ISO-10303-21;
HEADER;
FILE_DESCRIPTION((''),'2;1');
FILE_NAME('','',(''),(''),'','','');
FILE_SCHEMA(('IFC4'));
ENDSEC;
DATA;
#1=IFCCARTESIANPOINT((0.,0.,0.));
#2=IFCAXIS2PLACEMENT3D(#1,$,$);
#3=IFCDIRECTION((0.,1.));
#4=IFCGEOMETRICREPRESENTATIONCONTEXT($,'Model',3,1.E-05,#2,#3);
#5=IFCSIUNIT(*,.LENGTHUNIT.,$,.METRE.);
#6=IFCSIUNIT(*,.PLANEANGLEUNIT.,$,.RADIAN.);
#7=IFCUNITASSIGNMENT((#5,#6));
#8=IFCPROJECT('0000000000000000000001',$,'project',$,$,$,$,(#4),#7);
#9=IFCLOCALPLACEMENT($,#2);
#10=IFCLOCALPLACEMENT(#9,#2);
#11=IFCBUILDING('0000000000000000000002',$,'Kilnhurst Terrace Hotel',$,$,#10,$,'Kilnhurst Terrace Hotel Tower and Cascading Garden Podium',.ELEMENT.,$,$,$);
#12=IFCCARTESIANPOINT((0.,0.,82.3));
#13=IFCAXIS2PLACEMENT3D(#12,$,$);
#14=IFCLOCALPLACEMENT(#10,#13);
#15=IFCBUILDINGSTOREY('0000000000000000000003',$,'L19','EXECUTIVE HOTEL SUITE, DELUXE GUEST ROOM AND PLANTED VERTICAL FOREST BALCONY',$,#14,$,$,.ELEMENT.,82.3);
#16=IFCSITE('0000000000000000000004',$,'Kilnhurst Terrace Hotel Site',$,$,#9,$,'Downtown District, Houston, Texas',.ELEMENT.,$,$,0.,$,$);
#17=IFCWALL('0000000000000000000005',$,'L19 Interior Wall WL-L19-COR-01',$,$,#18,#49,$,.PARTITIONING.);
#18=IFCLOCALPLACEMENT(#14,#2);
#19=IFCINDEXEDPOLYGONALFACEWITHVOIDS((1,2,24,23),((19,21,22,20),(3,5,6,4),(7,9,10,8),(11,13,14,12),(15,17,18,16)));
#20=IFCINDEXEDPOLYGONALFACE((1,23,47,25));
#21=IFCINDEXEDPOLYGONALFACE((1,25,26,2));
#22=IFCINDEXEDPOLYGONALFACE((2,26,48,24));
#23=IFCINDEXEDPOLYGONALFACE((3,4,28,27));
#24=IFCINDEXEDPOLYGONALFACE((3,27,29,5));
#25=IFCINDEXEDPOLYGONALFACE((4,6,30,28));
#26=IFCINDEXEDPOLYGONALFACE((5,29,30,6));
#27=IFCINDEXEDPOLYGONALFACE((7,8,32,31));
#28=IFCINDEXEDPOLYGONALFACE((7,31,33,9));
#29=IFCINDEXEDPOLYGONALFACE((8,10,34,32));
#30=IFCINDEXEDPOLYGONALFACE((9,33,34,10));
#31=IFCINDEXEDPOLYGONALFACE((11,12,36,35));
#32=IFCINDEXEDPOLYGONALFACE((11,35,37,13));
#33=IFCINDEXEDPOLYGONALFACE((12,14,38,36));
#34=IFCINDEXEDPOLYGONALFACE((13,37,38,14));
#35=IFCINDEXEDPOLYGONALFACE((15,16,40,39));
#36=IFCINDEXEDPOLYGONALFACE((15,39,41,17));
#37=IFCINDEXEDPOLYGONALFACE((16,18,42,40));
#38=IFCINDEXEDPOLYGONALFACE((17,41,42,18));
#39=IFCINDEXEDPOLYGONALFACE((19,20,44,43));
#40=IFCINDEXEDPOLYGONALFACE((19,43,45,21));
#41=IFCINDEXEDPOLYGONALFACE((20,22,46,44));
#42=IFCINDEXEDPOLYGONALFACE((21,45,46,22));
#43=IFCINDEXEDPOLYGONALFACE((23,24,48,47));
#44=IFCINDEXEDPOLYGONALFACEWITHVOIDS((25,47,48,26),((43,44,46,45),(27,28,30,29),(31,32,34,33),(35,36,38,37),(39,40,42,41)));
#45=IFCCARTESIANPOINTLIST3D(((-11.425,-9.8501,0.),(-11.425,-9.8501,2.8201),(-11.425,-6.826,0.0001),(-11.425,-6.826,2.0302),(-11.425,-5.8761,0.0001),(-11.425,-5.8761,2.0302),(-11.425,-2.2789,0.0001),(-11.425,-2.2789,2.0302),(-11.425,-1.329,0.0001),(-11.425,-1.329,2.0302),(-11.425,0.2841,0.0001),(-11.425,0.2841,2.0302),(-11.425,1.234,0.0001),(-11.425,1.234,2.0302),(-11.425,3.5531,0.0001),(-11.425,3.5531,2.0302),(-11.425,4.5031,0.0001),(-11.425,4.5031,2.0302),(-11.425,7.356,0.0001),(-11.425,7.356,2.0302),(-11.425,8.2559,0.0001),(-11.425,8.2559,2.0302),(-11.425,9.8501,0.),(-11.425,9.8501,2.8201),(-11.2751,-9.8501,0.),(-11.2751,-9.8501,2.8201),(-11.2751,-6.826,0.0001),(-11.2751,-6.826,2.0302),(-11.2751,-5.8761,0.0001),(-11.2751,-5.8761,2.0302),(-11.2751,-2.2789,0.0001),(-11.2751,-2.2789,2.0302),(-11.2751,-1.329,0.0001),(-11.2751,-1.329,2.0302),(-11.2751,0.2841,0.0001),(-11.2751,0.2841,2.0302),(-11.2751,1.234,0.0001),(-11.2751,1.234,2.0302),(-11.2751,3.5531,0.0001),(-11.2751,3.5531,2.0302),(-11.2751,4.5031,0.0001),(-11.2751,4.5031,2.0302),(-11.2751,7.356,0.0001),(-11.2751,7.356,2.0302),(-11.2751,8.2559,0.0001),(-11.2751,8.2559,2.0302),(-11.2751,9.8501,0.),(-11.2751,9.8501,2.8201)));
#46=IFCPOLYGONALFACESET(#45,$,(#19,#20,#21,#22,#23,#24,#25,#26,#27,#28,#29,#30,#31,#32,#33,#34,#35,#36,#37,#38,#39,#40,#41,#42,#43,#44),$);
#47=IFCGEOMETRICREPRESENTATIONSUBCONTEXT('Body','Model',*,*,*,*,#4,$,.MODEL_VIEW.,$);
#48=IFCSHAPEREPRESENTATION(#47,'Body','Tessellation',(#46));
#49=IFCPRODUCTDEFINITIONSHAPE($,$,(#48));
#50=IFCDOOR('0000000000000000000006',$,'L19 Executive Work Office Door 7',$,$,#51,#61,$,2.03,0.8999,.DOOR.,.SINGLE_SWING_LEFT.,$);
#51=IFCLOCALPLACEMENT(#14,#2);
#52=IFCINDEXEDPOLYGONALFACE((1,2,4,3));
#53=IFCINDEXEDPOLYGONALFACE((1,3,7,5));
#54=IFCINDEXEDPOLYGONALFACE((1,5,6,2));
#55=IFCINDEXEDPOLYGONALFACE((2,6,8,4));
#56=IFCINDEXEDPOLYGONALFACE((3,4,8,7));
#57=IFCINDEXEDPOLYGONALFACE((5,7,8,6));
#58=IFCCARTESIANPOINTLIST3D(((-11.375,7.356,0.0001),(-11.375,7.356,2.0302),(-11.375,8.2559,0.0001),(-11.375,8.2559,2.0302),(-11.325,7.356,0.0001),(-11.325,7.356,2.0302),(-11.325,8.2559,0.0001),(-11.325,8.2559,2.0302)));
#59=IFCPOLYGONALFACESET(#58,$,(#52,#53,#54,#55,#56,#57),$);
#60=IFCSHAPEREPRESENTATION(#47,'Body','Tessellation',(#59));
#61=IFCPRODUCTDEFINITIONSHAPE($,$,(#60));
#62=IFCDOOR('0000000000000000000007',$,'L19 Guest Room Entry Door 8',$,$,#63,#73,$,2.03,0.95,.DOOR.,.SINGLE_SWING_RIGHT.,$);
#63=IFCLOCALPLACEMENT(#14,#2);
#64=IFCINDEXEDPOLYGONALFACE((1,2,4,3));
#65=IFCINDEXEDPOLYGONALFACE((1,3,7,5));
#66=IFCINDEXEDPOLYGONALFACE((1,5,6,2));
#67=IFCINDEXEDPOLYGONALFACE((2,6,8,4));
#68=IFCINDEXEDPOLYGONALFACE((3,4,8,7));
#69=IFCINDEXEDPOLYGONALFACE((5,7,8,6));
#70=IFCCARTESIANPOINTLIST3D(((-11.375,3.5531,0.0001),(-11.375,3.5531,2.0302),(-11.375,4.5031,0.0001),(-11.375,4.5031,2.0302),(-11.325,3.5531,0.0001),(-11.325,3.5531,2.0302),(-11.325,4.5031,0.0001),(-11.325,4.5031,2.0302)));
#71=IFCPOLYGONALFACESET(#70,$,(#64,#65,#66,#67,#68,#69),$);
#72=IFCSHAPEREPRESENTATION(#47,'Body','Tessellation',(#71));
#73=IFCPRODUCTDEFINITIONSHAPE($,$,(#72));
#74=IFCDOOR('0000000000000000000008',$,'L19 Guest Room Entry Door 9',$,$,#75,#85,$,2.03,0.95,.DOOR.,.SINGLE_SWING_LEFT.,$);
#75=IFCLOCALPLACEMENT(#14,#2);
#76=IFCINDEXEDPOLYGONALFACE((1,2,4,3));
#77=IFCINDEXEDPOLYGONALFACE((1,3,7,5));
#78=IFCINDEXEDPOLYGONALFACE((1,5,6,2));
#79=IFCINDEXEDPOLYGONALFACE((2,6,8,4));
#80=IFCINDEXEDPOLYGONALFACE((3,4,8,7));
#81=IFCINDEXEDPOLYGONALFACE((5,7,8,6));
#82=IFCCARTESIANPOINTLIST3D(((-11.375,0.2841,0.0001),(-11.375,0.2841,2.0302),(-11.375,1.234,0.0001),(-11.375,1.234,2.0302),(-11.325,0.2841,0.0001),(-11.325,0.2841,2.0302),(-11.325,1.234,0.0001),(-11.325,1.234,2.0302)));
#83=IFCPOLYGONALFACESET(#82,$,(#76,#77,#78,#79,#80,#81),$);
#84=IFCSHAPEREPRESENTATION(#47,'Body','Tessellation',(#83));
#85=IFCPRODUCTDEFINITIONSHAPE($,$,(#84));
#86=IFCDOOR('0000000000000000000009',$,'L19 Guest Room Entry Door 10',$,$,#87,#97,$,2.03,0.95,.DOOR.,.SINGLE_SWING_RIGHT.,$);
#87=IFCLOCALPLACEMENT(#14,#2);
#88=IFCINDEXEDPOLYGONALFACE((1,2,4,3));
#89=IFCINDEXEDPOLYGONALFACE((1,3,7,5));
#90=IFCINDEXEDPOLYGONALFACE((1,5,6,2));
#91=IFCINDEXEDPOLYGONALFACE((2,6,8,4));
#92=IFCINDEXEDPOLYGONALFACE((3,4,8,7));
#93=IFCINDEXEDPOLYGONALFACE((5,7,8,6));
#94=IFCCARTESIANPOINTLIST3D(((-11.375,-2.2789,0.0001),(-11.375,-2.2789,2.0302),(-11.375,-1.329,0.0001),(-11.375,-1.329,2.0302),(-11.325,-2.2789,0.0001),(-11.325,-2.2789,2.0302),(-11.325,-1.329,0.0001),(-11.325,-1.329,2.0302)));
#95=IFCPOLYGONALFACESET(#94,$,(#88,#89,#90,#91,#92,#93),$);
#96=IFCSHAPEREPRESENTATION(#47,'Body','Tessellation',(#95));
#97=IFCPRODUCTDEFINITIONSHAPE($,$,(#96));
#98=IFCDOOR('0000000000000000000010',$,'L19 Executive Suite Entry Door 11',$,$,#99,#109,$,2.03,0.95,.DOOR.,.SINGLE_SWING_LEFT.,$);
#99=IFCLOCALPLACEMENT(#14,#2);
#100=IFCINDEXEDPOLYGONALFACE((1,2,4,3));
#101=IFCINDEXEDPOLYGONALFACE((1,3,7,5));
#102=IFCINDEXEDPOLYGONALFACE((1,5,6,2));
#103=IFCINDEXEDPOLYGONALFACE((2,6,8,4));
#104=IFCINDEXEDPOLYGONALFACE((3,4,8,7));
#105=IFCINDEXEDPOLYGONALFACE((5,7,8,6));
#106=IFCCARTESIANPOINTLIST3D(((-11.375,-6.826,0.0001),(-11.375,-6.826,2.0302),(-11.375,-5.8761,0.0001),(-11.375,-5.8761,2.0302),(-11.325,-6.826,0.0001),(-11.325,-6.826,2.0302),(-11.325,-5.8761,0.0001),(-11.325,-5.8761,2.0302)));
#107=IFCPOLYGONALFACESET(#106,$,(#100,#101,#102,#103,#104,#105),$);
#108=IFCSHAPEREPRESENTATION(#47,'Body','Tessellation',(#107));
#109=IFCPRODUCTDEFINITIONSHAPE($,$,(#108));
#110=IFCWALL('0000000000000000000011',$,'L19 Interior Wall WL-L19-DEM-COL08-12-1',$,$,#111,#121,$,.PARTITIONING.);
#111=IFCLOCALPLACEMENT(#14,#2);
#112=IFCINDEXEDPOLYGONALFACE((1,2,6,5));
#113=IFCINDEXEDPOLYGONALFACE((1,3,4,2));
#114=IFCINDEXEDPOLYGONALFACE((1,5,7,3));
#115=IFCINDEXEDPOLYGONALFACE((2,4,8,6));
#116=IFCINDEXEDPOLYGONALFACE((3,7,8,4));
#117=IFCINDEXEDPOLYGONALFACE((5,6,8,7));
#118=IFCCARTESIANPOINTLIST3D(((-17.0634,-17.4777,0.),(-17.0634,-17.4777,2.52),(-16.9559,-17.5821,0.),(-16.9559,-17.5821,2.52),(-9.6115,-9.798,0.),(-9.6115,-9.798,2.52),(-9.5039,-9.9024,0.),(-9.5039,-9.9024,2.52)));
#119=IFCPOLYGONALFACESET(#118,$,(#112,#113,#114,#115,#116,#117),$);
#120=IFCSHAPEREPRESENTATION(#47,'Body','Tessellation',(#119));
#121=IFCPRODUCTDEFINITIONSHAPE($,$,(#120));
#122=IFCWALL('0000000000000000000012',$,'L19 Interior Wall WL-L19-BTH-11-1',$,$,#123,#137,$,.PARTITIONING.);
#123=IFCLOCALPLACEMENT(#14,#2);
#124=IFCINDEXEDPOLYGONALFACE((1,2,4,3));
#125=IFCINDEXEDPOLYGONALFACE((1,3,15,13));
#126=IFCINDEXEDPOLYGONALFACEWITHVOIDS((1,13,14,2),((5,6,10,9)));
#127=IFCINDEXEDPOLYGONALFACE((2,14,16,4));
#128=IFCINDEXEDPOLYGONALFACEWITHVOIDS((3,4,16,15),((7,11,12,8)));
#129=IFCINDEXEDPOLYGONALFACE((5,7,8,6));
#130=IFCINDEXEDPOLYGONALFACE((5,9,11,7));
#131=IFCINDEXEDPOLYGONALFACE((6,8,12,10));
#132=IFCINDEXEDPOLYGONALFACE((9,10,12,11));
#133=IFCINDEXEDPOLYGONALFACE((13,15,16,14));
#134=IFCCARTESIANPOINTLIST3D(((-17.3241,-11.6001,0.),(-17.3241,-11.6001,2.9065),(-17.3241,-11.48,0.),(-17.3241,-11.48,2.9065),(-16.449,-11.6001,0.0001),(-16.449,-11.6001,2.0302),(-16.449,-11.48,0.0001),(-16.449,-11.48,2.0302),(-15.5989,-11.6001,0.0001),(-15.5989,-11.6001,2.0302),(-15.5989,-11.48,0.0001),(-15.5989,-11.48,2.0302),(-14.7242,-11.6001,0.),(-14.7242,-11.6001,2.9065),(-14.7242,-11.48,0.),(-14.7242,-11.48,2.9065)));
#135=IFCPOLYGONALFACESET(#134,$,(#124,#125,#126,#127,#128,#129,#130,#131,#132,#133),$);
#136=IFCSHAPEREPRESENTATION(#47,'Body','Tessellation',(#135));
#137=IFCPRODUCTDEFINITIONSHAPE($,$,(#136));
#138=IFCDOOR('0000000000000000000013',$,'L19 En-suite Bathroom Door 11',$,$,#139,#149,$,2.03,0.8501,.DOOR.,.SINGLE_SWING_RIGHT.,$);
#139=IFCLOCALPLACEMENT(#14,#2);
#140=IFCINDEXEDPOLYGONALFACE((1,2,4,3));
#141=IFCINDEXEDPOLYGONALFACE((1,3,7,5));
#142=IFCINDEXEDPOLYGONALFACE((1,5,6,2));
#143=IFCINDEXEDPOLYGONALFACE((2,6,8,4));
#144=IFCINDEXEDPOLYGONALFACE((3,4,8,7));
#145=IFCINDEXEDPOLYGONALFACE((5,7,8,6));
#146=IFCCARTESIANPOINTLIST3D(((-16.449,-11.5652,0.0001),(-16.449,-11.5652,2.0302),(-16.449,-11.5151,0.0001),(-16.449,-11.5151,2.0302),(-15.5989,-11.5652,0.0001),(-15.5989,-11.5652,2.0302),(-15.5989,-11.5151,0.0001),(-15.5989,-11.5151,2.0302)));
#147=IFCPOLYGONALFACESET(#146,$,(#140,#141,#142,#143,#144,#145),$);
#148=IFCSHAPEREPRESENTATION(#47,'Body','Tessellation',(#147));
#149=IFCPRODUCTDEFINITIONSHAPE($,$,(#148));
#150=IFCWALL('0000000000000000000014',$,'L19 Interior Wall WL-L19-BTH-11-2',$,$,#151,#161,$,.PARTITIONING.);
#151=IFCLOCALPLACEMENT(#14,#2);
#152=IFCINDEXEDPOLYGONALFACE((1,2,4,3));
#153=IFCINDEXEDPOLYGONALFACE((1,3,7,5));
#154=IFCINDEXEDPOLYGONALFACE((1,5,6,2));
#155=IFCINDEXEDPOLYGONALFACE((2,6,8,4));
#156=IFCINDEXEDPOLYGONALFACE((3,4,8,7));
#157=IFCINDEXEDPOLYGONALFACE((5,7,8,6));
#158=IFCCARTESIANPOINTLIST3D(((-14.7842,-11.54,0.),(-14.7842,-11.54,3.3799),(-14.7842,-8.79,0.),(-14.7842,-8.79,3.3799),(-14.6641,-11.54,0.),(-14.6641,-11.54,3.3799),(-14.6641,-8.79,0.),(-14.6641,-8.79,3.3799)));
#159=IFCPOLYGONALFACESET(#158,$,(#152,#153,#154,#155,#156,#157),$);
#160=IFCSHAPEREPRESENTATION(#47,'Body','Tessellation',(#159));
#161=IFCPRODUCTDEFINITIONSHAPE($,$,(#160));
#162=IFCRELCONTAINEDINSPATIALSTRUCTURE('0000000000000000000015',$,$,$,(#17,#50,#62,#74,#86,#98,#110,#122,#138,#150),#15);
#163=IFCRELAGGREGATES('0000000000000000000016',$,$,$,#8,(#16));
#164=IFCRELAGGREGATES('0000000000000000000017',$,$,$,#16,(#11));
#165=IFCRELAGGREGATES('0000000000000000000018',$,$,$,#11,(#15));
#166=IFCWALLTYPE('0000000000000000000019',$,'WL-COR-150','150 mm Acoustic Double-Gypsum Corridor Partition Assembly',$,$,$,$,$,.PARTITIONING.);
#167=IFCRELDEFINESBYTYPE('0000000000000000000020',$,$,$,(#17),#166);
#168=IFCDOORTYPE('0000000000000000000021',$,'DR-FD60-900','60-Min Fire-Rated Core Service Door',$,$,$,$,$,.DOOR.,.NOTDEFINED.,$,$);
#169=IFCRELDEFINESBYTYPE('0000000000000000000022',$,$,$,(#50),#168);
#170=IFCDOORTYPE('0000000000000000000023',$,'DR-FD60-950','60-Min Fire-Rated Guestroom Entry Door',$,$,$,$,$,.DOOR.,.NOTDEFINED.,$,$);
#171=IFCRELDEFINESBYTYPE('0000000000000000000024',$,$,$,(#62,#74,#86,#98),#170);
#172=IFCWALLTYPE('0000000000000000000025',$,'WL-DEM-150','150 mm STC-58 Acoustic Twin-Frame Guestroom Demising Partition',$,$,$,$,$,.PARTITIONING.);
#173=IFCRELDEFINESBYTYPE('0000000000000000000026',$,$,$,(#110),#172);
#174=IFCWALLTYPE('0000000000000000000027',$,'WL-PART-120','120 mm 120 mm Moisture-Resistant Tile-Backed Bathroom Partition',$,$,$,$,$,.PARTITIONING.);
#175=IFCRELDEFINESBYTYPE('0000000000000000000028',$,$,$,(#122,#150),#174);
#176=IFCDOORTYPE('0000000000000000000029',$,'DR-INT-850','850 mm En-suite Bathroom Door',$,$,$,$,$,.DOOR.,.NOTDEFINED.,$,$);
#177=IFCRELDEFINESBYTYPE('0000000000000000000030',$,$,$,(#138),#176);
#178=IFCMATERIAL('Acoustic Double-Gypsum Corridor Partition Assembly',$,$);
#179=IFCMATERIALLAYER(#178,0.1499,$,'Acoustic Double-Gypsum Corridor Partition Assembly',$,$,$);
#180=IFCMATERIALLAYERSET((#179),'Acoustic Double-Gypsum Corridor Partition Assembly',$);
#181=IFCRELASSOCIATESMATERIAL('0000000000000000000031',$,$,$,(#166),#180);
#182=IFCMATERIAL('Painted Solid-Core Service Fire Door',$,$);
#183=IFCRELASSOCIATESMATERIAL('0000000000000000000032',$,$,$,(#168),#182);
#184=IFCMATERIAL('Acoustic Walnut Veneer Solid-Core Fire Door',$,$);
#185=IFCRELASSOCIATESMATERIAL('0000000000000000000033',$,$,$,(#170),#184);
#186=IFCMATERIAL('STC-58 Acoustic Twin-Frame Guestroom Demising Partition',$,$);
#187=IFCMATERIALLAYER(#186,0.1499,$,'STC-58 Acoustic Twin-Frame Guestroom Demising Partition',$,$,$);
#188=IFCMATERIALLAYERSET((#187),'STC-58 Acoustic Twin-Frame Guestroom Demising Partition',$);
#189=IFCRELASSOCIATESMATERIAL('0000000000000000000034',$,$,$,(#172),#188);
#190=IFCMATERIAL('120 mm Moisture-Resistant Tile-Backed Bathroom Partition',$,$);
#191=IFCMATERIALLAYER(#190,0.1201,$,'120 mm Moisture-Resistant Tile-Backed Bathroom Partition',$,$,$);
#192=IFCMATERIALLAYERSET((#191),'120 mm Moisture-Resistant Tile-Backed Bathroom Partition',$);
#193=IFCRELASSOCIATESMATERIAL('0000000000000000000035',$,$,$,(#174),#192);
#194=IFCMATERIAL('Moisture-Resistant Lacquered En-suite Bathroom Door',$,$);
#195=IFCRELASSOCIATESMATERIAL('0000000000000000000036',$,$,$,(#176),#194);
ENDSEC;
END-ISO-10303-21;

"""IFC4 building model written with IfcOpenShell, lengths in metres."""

from ifc_helpers import new_model, si_unit, direction, frame, frame_2d, origin, place, context, subcontext, project, spatial, rectangle, extrude, material, layer, layer_set, type_object, element, fill, save


model = new_model("IFC4")

# Units and contexts
model_context = context("Model", 3, precision=1e-05, world=origin(), true_north=direction((0.0, 1.0)))
body_context = subcontext(model_context, "Body", "Model", "MODEL_VIEW")
ifc_project = project(units=[si_unit("LENGTHUNIT", "METRE"), si_unit("PLANEANGLEUNIT", "RADIAN")], contexts=[model_context])

# Site, building, storey
site_placement = place(None, origin())
site = spatial("IfcSite", under=ifc_project, at=site_placement, Name="Kilnhurst Terrace Hotel Site", LongName="Downtown District, Houston, Texas", CompositionType="ELEMENT", RefElevation=0.0)
building_placement = place(site_placement, origin())
building = spatial("IfcBuilding", under=site, at=building_placement, Name="Kilnhurst Terrace Hotel", LongName="Kilnhurst Terrace Hotel Tower and Cascading Garden Podium", CompositionType="ELEMENT")
storey_placement = place(building_placement, frame((0.0, 0.0, 82.3)))
storey = spatial("IfcBuildingStorey", under=building, at=storey_placement, Name="L19", Description="EXECUTIVE HOTEL SUITE, DELUXE GUEST ROOM AND PLANTED VERTICAL FOREST BALCONY", CompositionType="ELEMENT", Elevation=82.3)

# Wall, openings, doors
ifc_material_1 = material(Name="Acoustic Double-Gypsum Corridor Partition Assembly")
ifc_layer_1 = layer(ifc_material_1, 0.1499, Name="Acoustic Double-Gypsum Corridor Partition Assembly")
ifc_layer_set_1 = layer_set([ifc_layer_1], Name="Acoustic Double-Gypsum Corridor Partition Assembly")
wall_type_1 = type_object("IfcWallType", Name="WL-COR-150", Description="150 mm Acoustic Double-Gypsum Corridor Partition Assembly", PredefinedType="PARTITIONING", material=ifc_layer_set_1)
wall_1_placement = place(storey_placement, frame((-11.3501, -9.8501, 0.0), z_axis=(0.0, 0.0, 1.0), x_axis=(0.0, 1.0, 0.0)))
wall_1 = element("IfcWall", 1, at=wall_1_placement, inside=storey, type_object=wall_type_1, Name="L19 Interior Wall WL-L19-COR-01", PredefinedType="PARTITIONING", context=body_context, shape_type="SweptSolid", body=[
    extrude(rectangle(XDim=19.7002, YDim=0.1499, at=frame_2d((9.8501, 0.0))), origin(), (0.0, 0.0, 1.0), 2.8201),
])
opening_1_placement = place(wall_1_placement, frame((17.2061, 0.0, 0.0)))
opening_1 = element("IfcOpeningElement", 2, at=opening_1_placement, cuts=wall_1, PredefinedType="OPENING", context=body_context, shape_type="SweptSolid", body=[
    extrude(rectangle(XDim=0.8999, YDim=2.03, at=frame_2d((0.45, 1.0151))), frame((0.0, 0.085, 0.0), z_axis=(0.0, -1.0, 0.0), x_axis=(1.0, 0.0, 0.0)), (0.0, 0.0, 1.0), 0.1699),
])
opening_2_placement = place(wall_1_placement, frame((13.4031, 0.0, 0.0)))
opening_2 = element("IfcOpeningElement", 3, at=opening_2_placement, cuts=wall_1, PredefinedType="OPENING", context=body_context, shape_type="SweptSolid", body=[
    extrude(rectangle(XDim=0.95, YDim=2.03, at=frame_2d((0.4751, 1.0151))), frame((0.0, 0.085, 0.0), z_axis=(0.0, -1.0, 0.0), x_axis=(1.0, 0.0, 0.0)), (0.0, 0.0, 1.0), 0.1699),
])
opening_3_placement = place(wall_1_placement, frame((10.134, 0.0, 0.0)))
opening_3 = element("IfcOpeningElement", 4, at=opening_3_placement, cuts=wall_1, PredefinedType="OPENING", context=body_context, shape_type="SweptSolid", body=[
    extrude(rectangle(XDim=0.95, YDim=2.03, at=frame_2d((0.4751, 1.0151))), frame((0.0, 0.085, 0.0), z_axis=(0.0, -1.0, 0.0), x_axis=(1.0, 0.0, 0.0)), (0.0, 0.0, 1.0), 0.1699),
])
opening_4_placement = place(wall_1_placement, frame((7.571, 0.0, 0.0)))
opening_4 = element("IfcOpeningElement", 5, at=opening_4_placement, cuts=wall_1, PredefinedType="OPENING", context=body_context, shape_type="SweptSolid", body=[
    extrude(rectangle(XDim=0.95, YDim=2.03, at=frame_2d((0.4751, 1.0151))), frame((0.0, 0.085, 0.0), z_axis=(0.0, -1.0, 0.0), x_axis=(1.0, 0.0, 0.0)), (0.0, 0.0, 1.0), 0.1699),
])
opening_5_placement = place(wall_1_placement, frame((3.0239, 0.0, 0.0)))
opening_5 = element("IfcOpeningElement", 6, at=opening_5_placement, cuts=wall_1, PredefinedType="OPENING", context=body_context, shape_type="SweptSolid", body=[
    extrude(rectangle(XDim=0.95, YDim=2.03, at=frame_2d((0.4751, 1.0151))), frame((0.0, 0.085, 0.0), z_axis=(0.0, -1.0, 0.0), x_axis=(1.0, 0.0, 0.0)), (0.0, 0.0, 1.0), 0.1699),
])
ifc_material_2 = material(Name="Painted Solid-Core Service Fire Door")
door_type_1 = type_object("IfcDoorType", Name="DR-FD60-900", Description="60-Min Fire-Rated Core Service Door", OperationType="NOTDEFINED", PredefinedType="DOOR", material=ifc_material_2)
door_1_placement = place(opening_1_placement, origin())
door_1 = element("IfcDoor", 7, at=door_1_placement, inside=storey, type_object=door_type_1, Name="L19 Executive Work Office Door 7", OperationType="SINGLE_SWING_LEFT", OverallHeight=2.03, OverallWidth=0.8999, PredefinedType="DOOR", context=body_context, shape_type="SweptSolid", body=[
    extrude(rectangle(XDim=0.8999, YDim=2.03, at=frame_2d((0.45, 1.0151))), frame((0.0, 0.0249, 0.0), z_axis=(0.0, -1.0, 0.0), x_axis=(1.0, 0.0, 0.0)), (0.0, 0.0, 1.0), 0.05),
])
fill(opening_1, door_1)
ifc_material_3 = material(Name="Acoustic Walnut Veneer Solid-Core Fire Door")
door_type_2 = type_object("IfcDoorType", Name="DR-FD60-950", Description="60-Min Fire-Rated Guestroom Entry Door", OperationType="NOTDEFINED", PredefinedType="DOOR", material=ifc_material_3)
door_2_placement = place(opening_2_placement, origin())
door_2 = element("IfcDoor", 8, at=door_2_placement, inside=storey, type_object=door_type_2, Name="L19 Guest Room Entry Door 8", OperationType="SINGLE_SWING_RIGHT", OverallHeight=2.03, OverallWidth=0.95, PredefinedType="DOOR", context=body_context, shape_type="SweptSolid", body=[
    extrude(rectangle(XDim=0.95, YDim=2.03, at=frame_2d((0.4751, 1.0151))), frame((0.0, 0.0249, 0.0), z_axis=(0.0, -1.0, 0.0), x_axis=(1.0, 0.0, 0.0)), (0.0, 0.0, 1.0), 0.05),
])
fill(opening_2, door_2)
door_3_placement = place(opening_3_placement, origin())
door_3 = element("IfcDoor", 9, at=door_3_placement, inside=storey, type_object=door_type_2, Name="L19 Guest Room Entry Door 9", OperationType="SINGLE_SWING_LEFT", OverallHeight=2.03, OverallWidth=0.95, PredefinedType="DOOR", context=body_context, shape_type="SweptSolid", body=[
    extrude(rectangle(XDim=0.95, YDim=2.03, at=frame_2d((0.4751, 1.0151))), frame((0.0, 0.0249, 0.0), z_axis=(0.0, -1.0, 0.0), x_axis=(1.0, 0.0, 0.0)), (0.0, 0.0, 1.0), 0.05),
])
fill(opening_3, door_3)
door_4_placement = place(opening_4_placement, origin())
door_4 = element("IfcDoor", 10, at=door_4_placement, inside=storey, type_object=door_type_2, Name="L19 Guest Room Entry Door 10", OperationType="SINGLE_SWING_RIGHT", OverallHeight=2.03, OverallWidth=0.95, PredefinedType="DOOR", context=body_context, shape_type="SweptSolid", body=[
    extrude(rectangle(XDim=0.95, YDim=2.03, at=frame_2d((0.4751, 1.0151))), frame((0.0, 0.0249, 0.0), z_axis=(0.0, -1.0, 0.0), x_axis=(1.0, 0.0, 0.0)), (0.0, 0.0, 1.0), 0.05),
])
fill(opening_4, door_4)
door_5_placement = place(opening_5_placement, origin())
door_5 = element("IfcDoor", 11, at=door_5_placement, inside=storey, type_object=door_type_2, Name="L19 Executive Suite Entry Door 11", OperationType="SINGLE_SWING_LEFT", OverallHeight=2.03, OverallWidth=0.95, PredefinedType="DOOR", context=body_context, shape_type="SweptSolid", body=[
    extrude(rectangle(XDim=0.95, YDim=2.03, at=frame_2d((0.4751, 1.0151))), frame((0.0, 0.0249, 0.0), z_axis=(0.0, -1.0, 0.0), x_axis=(1.0, 0.0, 0.0)), (0.0, 0.0, 1.0), 0.05),
])
fill(opening_5, door_5)

# Wall
ifc_material_4 = material(Name="STC-58 Acoustic Twin-Frame Guestroom Demising Partition")
ifc_layer_2 = layer(ifc_material_4, 0.1499, Name="STC-58 Acoustic Twin-Frame Guestroom Demising Partition")
ifc_layer_set_2 = layer_set([ifc_layer_2], Name="STC-58 Acoustic Twin-Frame Guestroom Demising Partition")
wall_type_2 = type_object("IfcWallType", Name="WL-DEM-150", Description="150 mm STC-58 Acoustic Twin-Frame Guestroom Demising Partition", PredefinedType="PARTITIONING", material=ifc_layer_set_2)
wall_2_placement = place(storey_placement, frame((-9.5576, -9.8501, 0.0), z_axis=(0.0, 0.0, 1.0), x_axis=(-0.696383, -0.71767, 0.0)))
element("IfcWall", 12, at=wall_2_placement, inside=storey, type_object=wall_type_2, Name="L19 Interior Wall WL-L19-DEM-COL08-12-1", PredefinedType="PARTITIONING", context=body_context, shape_type="SweptSolid", body=[
    extrude(rectangle(XDim=10.7009, YDim=0.1499, at=frame_2d((5.3506, 0.0))), origin(), (0.0, 0.0, 1.0), 2.52),
])

# Wall, opening, door
ifc_material_5 = material(Name="120 mm Moisture-Resistant Tile-Backed Bathroom Partition")
ifc_layer_3 = layer(ifc_material_5, 0.1201, Name="120 mm Moisture-Resistant Tile-Backed Bathroom Partition")
ifc_layer_set_3 = layer_set([ifc_layer_3], Name="120 mm Moisture-Resistant Tile-Backed Bathroom Partition")
wall_type_3 = type_object("IfcWallType", Name="WL-PART-120", Description="120 mm 120 mm Moisture-Resistant Tile-Backed Bathroom Partition", PredefinedType="PARTITIONING", material=ifc_layer_set_3)
wall_3_placement = place(storey_placement, frame((-17.324, -11.54, 0.0), z_axis=(0.0, 0.0, 1.0), x_axis=(1.0, 0.0, 0.0)))
wall_3 = element("IfcWall", 13, at=wall_3_placement, inside=storey, type_object=wall_type_3, Name="L19 Interior Wall WL-L19-BTH-11-1", PredefinedType="PARTITIONING", context=body_context, shape_type="SweptSolid", body=[
    extrude(rectangle(XDim=2.5999, YDim=0.1201, at=frame_2d((1.2998, 0.0))), origin(), (0.0, 0.0, 1.0), 2.9065),
])
opening_6_placement = place(wall_3_placement, frame((0.875, 0.0, 0.0)))
opening_6 = element("IfcOpeningElement", 14, at=opening_6_placement, cuts=wall_3, PredefinedType="OPENING", context=body_context, shape_type="SweptSolid", body=[
    extrude(rectangle(XDim=0.8501, YDim=2.03, at=frame_2d((0.425, 1.0151))), frame((0.0, 0.0701, 0.0), z_axis=(0.0, -1.0, 0.0), x_axis=(1.0, 0.0, 0.0)), (0.0, 0.0, 1.0), 0.1401),
])
ifc_material_6 = material(Name="Moisture-Resistant Lacquered En-suite Bathroom Door")
door_type_3 = type_object("IfcDoorType", Name="DR-INT-850", Description="850 mm En-suite Bathroom Door", OperationType="NOTDEFINED", PredefinedType="DOOR", material=ifc_material_6)
door_6_placement = place(opening_6_placement, origin())
door_6 = element("IfcDoor", 15, at=door_6_placement, inside=storey, type_object=door_type_3, Name="L19 En-suite Bathroom Door 11", OperationType="SINGLE_SWING_RIGHT", OverallHeight=2.03, OverallWidth=0.8501, PredefinedType="DOOR", context=body_context, shape_type="SweptSolid", body=[
    extrude(rectangle(XDim=0.8501, YDim=2.03, at=frame_2d((0.425, 1.0151))), frame((0.0, 0.0249, 0.0), z_axis=(0.0, -1.0, 0.0), x_axis=(1.0, 0.0, 0.0)), (0.0, 0.0, 1.0), 0.05),
])
fill(opening_6, door_6)

# Wall
wall_4_placement = place(storey_placement, frame((-14.7241, -11.54, 0.0), z_axis=(0.0, 0.0, 1.0), x_axis=(0.0, 1.0, 0.0)))
element("IfcWall", 16, at=wall_4_placement, inside=storey, type_object=wall_type_3, Name="L19 Interior Wall WL-L19-BTH-11-2", PredefinedType="PARTITIONING", context=body_context, shape_type="SweptSolid", body=[
    extrude(rectangle(XDim=2.75, YDim=0.1201, at=frame_2d((1.375, 0.0))), origin(), (0.0, 0.0, 1.0), 3.3799),
])

save(model, "model.ifc")
